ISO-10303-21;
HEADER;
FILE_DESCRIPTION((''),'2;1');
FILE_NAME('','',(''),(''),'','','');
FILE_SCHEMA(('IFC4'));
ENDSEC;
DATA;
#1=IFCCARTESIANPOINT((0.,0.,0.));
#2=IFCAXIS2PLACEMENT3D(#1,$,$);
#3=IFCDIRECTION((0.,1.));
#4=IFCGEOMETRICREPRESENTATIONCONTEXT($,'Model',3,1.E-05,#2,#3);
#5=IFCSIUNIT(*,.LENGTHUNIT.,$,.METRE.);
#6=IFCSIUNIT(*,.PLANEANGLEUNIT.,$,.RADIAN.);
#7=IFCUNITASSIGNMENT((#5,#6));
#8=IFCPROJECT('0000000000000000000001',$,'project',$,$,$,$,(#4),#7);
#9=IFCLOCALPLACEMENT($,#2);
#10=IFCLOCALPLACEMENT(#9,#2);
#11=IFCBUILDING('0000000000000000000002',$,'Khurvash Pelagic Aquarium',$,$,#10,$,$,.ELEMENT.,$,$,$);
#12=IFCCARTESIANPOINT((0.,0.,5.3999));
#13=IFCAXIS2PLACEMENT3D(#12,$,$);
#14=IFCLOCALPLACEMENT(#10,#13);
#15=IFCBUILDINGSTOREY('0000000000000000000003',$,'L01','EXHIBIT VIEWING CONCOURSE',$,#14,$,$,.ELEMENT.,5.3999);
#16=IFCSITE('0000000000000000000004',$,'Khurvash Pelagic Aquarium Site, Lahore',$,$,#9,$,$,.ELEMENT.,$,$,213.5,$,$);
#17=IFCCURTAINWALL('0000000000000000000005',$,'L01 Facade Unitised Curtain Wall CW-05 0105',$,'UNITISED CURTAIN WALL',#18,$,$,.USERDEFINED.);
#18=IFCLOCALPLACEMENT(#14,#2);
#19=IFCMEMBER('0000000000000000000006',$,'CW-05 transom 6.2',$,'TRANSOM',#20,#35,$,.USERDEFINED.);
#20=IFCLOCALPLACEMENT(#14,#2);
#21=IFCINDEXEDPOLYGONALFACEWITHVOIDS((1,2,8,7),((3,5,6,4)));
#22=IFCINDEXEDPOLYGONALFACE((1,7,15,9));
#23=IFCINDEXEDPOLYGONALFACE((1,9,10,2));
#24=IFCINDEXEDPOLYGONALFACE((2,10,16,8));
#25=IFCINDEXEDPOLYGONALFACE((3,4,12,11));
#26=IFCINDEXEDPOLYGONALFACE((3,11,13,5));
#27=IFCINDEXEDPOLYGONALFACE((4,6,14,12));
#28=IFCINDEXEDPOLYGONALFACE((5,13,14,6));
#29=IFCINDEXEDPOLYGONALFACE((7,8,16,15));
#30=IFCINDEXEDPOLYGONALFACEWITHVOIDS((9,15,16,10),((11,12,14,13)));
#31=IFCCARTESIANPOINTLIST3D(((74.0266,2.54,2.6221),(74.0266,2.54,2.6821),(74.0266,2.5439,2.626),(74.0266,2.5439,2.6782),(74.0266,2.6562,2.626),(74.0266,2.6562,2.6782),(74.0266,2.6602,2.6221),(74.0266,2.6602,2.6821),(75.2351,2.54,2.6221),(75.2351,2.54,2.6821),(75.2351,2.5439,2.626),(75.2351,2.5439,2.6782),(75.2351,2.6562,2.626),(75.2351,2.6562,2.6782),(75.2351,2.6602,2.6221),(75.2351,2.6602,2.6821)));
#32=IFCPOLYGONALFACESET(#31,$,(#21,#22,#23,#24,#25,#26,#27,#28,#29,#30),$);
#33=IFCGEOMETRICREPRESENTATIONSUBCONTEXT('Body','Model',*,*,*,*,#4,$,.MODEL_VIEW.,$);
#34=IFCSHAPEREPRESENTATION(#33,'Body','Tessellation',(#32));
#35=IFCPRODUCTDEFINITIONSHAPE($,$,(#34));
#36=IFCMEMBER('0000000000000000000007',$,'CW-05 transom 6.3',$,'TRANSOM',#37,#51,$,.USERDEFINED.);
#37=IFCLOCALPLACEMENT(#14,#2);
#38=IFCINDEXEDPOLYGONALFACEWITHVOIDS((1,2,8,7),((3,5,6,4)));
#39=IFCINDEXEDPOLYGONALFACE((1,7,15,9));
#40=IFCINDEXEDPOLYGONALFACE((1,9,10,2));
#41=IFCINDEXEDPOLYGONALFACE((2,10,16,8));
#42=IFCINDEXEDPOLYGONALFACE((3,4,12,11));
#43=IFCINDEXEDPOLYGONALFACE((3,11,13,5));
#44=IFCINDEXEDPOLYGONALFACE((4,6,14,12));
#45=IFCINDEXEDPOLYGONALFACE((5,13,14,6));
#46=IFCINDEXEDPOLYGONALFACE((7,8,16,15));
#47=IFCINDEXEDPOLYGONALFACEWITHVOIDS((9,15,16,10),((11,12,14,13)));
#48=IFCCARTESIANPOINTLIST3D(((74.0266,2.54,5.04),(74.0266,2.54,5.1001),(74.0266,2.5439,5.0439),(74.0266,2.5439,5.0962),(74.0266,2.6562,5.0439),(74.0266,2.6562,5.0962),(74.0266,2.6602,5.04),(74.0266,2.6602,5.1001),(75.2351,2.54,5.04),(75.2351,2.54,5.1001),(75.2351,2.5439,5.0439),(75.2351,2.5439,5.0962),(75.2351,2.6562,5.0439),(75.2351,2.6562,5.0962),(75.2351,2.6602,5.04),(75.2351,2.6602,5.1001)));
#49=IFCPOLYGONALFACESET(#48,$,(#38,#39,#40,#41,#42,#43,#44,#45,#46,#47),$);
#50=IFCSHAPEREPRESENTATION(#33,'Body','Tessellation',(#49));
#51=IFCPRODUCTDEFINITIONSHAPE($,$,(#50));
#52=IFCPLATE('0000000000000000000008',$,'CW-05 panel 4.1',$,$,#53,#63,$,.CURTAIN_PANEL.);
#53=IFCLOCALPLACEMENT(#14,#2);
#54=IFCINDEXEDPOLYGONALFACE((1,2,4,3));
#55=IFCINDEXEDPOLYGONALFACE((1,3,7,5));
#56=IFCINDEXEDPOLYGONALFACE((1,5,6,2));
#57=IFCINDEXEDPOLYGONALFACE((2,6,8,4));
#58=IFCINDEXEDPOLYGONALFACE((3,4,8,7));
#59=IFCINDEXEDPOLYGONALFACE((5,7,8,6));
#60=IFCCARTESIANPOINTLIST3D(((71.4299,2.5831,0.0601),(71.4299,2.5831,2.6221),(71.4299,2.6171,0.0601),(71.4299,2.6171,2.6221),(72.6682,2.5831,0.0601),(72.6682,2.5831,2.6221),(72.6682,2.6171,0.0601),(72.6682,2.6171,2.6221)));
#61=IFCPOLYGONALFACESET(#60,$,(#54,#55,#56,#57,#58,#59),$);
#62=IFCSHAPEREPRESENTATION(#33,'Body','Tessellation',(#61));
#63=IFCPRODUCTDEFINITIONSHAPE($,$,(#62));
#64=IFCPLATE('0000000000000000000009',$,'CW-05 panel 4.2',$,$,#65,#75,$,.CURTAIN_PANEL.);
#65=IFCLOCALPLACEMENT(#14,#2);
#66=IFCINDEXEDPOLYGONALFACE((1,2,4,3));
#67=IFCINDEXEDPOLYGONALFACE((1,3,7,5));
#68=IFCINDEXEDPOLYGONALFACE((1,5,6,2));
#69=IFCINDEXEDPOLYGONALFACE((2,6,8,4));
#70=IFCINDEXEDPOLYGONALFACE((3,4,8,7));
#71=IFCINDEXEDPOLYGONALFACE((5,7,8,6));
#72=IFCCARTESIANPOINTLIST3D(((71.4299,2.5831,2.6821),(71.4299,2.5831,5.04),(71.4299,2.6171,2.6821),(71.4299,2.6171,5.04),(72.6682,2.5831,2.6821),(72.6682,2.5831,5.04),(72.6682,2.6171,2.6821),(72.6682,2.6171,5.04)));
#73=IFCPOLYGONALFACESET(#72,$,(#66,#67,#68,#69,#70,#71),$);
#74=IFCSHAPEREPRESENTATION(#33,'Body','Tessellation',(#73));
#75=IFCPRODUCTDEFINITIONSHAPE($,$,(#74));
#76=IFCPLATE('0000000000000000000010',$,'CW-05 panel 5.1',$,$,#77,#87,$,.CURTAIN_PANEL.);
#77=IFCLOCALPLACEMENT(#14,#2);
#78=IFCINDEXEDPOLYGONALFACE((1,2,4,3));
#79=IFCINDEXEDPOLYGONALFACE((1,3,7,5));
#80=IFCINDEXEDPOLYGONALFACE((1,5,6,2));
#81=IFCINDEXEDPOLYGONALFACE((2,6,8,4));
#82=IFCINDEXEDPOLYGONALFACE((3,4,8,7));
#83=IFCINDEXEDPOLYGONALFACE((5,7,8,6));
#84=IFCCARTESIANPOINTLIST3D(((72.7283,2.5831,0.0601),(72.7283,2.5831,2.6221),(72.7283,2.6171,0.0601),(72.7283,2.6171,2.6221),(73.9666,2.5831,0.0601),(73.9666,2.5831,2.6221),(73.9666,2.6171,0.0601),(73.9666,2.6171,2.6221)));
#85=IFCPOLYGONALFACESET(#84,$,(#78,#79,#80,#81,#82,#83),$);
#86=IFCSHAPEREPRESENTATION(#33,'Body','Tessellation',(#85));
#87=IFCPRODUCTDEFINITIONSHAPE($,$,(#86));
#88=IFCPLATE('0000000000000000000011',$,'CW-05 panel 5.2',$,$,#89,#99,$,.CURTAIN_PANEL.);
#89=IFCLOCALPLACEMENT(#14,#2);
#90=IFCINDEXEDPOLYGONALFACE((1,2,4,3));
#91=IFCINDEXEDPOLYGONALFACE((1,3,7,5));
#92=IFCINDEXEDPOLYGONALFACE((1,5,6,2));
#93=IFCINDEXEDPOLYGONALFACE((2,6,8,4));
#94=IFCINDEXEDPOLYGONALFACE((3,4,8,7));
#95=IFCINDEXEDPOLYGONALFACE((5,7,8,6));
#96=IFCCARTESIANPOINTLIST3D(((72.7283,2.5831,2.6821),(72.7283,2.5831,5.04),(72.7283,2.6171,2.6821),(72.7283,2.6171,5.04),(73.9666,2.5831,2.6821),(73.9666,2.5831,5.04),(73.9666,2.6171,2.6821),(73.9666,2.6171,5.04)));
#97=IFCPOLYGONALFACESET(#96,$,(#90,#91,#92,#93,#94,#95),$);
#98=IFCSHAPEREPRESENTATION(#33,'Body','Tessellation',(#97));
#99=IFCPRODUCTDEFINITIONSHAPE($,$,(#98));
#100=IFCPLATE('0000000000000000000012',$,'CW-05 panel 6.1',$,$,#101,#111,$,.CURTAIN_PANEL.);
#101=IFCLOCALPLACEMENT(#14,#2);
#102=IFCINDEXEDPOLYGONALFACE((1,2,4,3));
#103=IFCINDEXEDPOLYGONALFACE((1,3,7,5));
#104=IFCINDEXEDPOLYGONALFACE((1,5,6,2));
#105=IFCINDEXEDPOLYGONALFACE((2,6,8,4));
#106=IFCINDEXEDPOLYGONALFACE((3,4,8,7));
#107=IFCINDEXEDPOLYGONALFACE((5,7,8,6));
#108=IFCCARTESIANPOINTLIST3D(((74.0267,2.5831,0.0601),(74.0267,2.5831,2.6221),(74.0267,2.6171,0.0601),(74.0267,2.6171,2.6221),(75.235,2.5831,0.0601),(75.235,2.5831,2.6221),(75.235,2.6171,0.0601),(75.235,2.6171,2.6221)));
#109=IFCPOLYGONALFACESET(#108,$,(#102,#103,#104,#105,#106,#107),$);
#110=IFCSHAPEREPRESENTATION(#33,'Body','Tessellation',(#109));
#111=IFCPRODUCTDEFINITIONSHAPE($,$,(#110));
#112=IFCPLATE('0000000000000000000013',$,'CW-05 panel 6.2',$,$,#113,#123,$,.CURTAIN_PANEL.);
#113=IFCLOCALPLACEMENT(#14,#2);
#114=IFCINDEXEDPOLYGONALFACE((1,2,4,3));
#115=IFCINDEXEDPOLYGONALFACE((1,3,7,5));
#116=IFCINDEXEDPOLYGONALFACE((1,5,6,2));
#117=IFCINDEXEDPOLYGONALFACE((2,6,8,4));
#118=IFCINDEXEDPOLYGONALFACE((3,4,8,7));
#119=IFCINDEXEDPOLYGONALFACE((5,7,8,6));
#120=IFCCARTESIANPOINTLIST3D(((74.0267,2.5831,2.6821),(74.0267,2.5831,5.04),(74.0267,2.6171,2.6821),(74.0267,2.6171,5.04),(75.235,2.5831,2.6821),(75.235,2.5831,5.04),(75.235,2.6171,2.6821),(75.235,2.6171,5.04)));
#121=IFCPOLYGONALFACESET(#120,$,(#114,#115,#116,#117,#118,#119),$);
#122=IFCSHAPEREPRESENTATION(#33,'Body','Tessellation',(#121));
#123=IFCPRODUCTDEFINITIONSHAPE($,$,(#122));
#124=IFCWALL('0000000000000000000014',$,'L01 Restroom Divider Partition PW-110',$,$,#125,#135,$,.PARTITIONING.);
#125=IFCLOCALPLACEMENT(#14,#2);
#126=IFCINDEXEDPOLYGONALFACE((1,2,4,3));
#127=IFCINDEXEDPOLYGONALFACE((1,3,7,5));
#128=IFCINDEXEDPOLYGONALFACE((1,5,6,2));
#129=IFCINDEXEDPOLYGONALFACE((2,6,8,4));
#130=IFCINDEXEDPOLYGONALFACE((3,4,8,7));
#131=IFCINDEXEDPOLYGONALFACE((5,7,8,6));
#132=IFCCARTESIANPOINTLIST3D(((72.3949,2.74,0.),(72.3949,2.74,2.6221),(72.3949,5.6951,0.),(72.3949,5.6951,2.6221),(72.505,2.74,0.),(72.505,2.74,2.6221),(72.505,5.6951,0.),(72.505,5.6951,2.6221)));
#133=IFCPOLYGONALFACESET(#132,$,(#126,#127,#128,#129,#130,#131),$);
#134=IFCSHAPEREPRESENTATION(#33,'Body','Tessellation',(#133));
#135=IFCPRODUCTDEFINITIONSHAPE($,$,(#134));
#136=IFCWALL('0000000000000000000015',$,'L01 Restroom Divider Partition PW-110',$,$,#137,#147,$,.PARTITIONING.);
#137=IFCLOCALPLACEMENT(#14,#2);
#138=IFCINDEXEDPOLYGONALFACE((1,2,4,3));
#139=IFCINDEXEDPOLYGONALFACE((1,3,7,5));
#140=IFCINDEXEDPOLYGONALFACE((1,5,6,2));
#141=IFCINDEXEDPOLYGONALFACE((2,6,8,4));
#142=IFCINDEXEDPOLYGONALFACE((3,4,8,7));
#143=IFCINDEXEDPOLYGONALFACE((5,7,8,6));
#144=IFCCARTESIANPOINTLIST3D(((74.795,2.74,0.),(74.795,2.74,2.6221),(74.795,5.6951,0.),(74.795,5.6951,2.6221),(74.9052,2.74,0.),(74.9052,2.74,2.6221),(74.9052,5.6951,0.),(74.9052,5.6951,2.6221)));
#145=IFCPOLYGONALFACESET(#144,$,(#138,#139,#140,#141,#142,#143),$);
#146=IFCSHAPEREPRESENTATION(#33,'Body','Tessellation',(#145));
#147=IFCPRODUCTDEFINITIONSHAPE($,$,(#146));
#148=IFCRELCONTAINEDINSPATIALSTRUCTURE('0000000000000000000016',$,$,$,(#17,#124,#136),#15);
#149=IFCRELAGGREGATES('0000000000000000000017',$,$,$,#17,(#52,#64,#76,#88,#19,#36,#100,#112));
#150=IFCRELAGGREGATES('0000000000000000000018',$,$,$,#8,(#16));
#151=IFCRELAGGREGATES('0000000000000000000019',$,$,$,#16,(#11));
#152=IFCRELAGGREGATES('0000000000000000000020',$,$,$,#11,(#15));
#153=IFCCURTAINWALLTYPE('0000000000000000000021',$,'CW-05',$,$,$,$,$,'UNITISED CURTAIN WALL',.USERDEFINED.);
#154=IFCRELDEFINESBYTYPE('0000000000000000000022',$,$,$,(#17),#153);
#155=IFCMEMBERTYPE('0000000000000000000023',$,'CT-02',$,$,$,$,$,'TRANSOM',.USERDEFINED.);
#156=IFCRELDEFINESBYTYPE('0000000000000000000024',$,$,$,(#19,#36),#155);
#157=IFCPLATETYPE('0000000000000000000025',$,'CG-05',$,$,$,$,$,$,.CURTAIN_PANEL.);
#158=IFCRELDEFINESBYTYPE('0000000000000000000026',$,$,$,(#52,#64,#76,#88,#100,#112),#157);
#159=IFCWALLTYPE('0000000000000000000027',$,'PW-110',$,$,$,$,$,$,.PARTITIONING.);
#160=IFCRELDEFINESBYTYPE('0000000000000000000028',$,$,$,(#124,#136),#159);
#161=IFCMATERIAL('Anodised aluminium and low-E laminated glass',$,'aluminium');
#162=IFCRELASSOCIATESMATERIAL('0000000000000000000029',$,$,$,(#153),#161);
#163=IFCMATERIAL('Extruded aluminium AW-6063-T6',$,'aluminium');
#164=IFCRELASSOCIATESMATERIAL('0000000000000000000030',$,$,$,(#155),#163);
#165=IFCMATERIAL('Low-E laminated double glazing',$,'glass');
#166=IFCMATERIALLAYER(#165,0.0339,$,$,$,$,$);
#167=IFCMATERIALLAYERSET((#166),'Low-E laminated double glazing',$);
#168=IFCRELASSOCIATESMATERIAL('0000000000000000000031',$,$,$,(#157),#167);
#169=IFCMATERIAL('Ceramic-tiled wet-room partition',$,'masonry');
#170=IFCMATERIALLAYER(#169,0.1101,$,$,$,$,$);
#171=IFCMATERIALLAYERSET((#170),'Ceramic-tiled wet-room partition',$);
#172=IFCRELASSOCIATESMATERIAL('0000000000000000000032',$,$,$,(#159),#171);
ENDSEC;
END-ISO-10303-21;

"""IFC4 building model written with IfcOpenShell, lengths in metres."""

from ifc_helpers import new_model, si_unit, direction, frame, frame_2d, origin, origin_2d, place, context, subcontext, project, spatial, rectangle, hollow_rectangle, extrude, material, layer, layer_set, material_profile, profile_set, type_object, element, aggregate, save


model = new_model("IFC4")

# Units and contexts
model_context = context("Model", 3, precision=1e-05, world=origin(), true_north=direction((0.0, 1.0)))
body_context = subcontext(model_context, "Body", "Model", "MODEL_VIEW")
ifc_project = project(units=[si_unit("LENGTHUNIT", "METRE"), si_unit("PLANEANGLEUNIT", "RADIAN")], contexts=[model_context])

# Site, building, storey
site_placement = place(None, origin())
site = spatial("IfcSite", under=ifc_project, at=site_placement, Name="Khurvash Pelagic Aquarium Site, Lahore", CompositionType="ELEMENT", RefElevation=213.5)
building_placement = place(site_placement, origin())
building = spatial("IfcBuilding", under=site, at=building_placement, Name="Khurvash Pelagic Aquarium", CompositionType="ELEMENT")
storey_placement = place(building_placement, frame((0.0, 0.0, 5.3999)))
storey = spatial("IfcBuildingStorey", under=building, at=storey_placement, Name="L01", Description="EXHIBIT VIEWING CONCOURSE", CompositionType="ELEMENT", Elevation=5.3999)

# Curtain wall, members, plates
ifc_material_1 = material(Name="Anodised aluminium and low-E laminated glass", Category="aluminium")
curtain_wall_type = type_object("IfcCurtainWallType", Name="CW-05", ElementType="UNITISED CURTAIN WALL", PredefinedType="USERDEFINED", material=ifc_material_1)
curtain_wall_placement = place(storey_placement, origin())
curtain_wall = element("IfcCurtainWall", 1, at=curtain_wall_placement, inside=storey, type_object=curtain_wall_type, Name="L01 Facade Unitised Curtain Wall CW-05 0105", ObjectType="UNITISED CURTAIN WALL", PredefinedType="USERDEFINED")
ifc_material_2 = material(Name="Extruded aluminium AW-6063-T6", Category="aluminium")
ifc_material_profile_1 = material_profile(ifc_material_2, hollow_rectangle(XDim=0.1201, YDim=0.0601, WallThickness=0.0039, at=origin_2d()), Name="CWT120X60X4")
ifc_profile_set_1 = profile_set([ifc_material_profile_1], Name="Extruded aluminium AW-6063-T6")
member_type_1 = type_object("IfcMemberType", Name="CT-02", ElementType="TRANSOM", PredefinedType="USERDEFINED", material=ifc_profile_set_1)
member_1_placement = place(storey_placement, frame((74.0266, 2.6001, 2.6521), z_axis=(1.0, 0.0, 0.0), x_axis=(0.0, 1.0, 0.0)))
member_1 = element("IfcMember", 2, at=member_1_placement, type_object=member_type_1, Name="CW-05 transom 6.2", ObjectType="TRANSOM", PredefinedType="USERDEFINED", context=body_context, shape_type="SweptSolid", body=[
    extrude(hollow_rectangle(XDim=0.1201, YDim=0.0601, WallThickness=0.0039, at=origin_2d()), origin(), (0.0, 0.0, 1.0), 1.2085),
])
member_2_placement = place(storey_placement, frame((74.0266, 2.6001, 5.0701), z_axis=(1.0, 0.0, 0.0), x_axis=(0.0, 1.0, 0.0)))
member_2 = element("IfcMember", 3, at=member_2_placement, type_object=member_type_1, Name="CW-05 transom 6.3", ObjectType="TRANSOM", PredefinedType="USERDEFINED", context=body_context, shape_type="SweptSolid", body=[
    extrude(hollow_rectangle(XDim=0.1201, YDim=0.0601, WallThickness=0.0039, at=origin_2d()), origin(), (0.0, 0.0, 1.0), 1.2085),
])
ifc_material_3 = material(Name="Low-E laminated double glazing", Category="glass")
ifc_layer_1 = layer(ifc_material_3, 0.0339)
ifc_layer_set_1 = layer_set([ifc_layer_1], Name="Low-E laminated double glazing")
plate_type = type_object("IfcPlateType", Name="CG-05", PredefinedType="CURTAIN_PANEL", material=ifc_layer_set_1)
plate_1_placement = place(storey_placement, frame((72.0491, 2.6001, 0.0601), z_axis=(0.0, 0.0, 1.0), x_axis=(1.0, 0.0, 0.0)))
plate_1 = element("IfcPlate", 4, at=plate_1_placement, type_object=plate_type, Name="CW-05 panel 4.1", PredefinedType="CURTAIN_PANEL", context=body_context, shape_type="SweptSolid", body=[
    extrude(rectangle(XDim=1.2383, YDim=0.0339, at=origin_2d()), origin(), (0.0, 0.0, 1.0), 2.562),
])
plate_2_placement = place(storey_placement, frame((72.0491, 2.6001, 2.6821), z_axis=(0.0, 0.0, 1.0), x_axis=(1.0, 0.0, 0.0)))
plate_2 = element("IfcPlate", 5, at=plate_2_placement, type_object=plate_type, Name="CW-05 panel 4.2", PredefinedType="CURTAIN_PANEL", context=body_context, shape_type="SweptSolid", body=[
    extrude(rectangle(XDim=1.2383, YDim=0.0339, at=origin_2d()), origin(), (0.0, 0.0, 1.0), 2.3579),
])
plate_3_placement = place(storey_placement, frame((73.3474, 2.6001, 0.0601), z_axis=(0.0, 0.0, 1.0), x_axis=(1.0, 0.0, 0.0)))
plate_3 = element("IfcPlate", 6, at=plate_3_placement, type_object=plate_type, Name="CW-05 panel 5.1", PredefinedType="CURTAIN_PANEL", context=body_context, shape_type="SweptSolid", body=[
    extrude(rectangle(XDim=1.2383, YDim=0.0339, at=origin_2d()), origin(), (0.0, 0.0, 1.0), 2.562),
])
plate_4_placement = place(storey_placement, frame((73.3474, 2.6001, 2.6821), z_axis=(0.0, 0.0, 1.0), x_axis=(1.0, 0.0, 0.0)))
plate_4 = element("IfcPlate", 7, at=plate_4_placement, type_object=plate_type, Name="CW-05 panel 5.2", PredefinedType="CURTAIN_PANEL", context=body_context, shape_type="SweptSolid", body=[
    extrude(rectangle(XDim=1.2383, YDim=0.0339, at=origin_2d()), origin(), (0.0, 0.0, 1.0), 2.3579),
])
plate_5_placement = place(storey_placement, frame((74.6309, 2.6001, 0.0601), z_axis=(0.0, 0.0, 1.0), x_axis=(1.0, 0.0, 0.0)))
plate_5 = element("IfcPlate", 8, at=plate_5_placement, type_object=plate_type, Name="CW-05 panel 6.1", PredefinedType="CURTAIN_PANEL", context=body_context, shape_type="SweptSolid", body=[
    extrude(rectangle(XDim=1.2083, YDim=0.0339, at=origin_2d()), origin(), (0.0, 0.0, 1.0), 2.562),
])
plate_6_placement = place(storey_placement, frame((74.6309, 2.6001, 2.6821), z_axis=(0.0, 0.0, 1.0), x_axis=(1.0, 0.0, 0.0)))
plate_6 = element("IfcPlate", 9, at=plate_6_placement, type_object=plate_type, Name="CW-05 panel 6.2", PredefinedType="CURTAIN_PANEL", context=body_context, shape_type="SweptSolid", body=[
    extrude(rectangle(XDim=1.2083, YDim=0.0339, at=origin_2d()), origin(), (0.0, 0.0, 1.0), 2.3579),
])
aggregate(curtain_wall, [plate_1, plate_2, plate_3, plate_4, member_1, member_2, plate_5, plate_6])

# Walls
ifc_material_4 = material(Name="Ceramic-tiled wet-room partition", Category="masonry")
ifc_layer_2 = layer(ifc_material_4, 0.1101)
ifc_layer_set_2 = layer_set([ifc_layer_2], Name="Ceramic-tiled wet-room partition")
wall_type = type_object("IfcWallType", Name="PW-110", PredefinedType="PARTITIONING", material=ifc_layer_set_2)
for number, where, z_axis, x_axis, name in (
    (10, (72.45, 2.74, 0.0), (0.0, 0.0, 1.0), (0.0, 1.0, 0.0), "L01 Restroom Divider Partition PW-110"),
    (11, (74.8501, 2.74, 0.0), (0.0, 0.0, 1.0), (0.0, 1.0, 0.0), "L01 Restroom Divider Partition PW-110"),
):
    element("IfcWall", number, at=place(storey_placement, frame(where, z_axis=z_axis, x_axis=x_axis)), inside=storey, type_object=wall_type, Name=name, PredefinedType="PARTITIONING", context=body_context, shape_type="SweptSolid", body=[
        extrude(rectangle(XDim=2.9551, YDim=0.1101, at=frame_2d((1.4775, 0.0))), origin(), (0.0, 0.0, 1.0), 2.6221),
    ])

save(model, "model.ifc")
